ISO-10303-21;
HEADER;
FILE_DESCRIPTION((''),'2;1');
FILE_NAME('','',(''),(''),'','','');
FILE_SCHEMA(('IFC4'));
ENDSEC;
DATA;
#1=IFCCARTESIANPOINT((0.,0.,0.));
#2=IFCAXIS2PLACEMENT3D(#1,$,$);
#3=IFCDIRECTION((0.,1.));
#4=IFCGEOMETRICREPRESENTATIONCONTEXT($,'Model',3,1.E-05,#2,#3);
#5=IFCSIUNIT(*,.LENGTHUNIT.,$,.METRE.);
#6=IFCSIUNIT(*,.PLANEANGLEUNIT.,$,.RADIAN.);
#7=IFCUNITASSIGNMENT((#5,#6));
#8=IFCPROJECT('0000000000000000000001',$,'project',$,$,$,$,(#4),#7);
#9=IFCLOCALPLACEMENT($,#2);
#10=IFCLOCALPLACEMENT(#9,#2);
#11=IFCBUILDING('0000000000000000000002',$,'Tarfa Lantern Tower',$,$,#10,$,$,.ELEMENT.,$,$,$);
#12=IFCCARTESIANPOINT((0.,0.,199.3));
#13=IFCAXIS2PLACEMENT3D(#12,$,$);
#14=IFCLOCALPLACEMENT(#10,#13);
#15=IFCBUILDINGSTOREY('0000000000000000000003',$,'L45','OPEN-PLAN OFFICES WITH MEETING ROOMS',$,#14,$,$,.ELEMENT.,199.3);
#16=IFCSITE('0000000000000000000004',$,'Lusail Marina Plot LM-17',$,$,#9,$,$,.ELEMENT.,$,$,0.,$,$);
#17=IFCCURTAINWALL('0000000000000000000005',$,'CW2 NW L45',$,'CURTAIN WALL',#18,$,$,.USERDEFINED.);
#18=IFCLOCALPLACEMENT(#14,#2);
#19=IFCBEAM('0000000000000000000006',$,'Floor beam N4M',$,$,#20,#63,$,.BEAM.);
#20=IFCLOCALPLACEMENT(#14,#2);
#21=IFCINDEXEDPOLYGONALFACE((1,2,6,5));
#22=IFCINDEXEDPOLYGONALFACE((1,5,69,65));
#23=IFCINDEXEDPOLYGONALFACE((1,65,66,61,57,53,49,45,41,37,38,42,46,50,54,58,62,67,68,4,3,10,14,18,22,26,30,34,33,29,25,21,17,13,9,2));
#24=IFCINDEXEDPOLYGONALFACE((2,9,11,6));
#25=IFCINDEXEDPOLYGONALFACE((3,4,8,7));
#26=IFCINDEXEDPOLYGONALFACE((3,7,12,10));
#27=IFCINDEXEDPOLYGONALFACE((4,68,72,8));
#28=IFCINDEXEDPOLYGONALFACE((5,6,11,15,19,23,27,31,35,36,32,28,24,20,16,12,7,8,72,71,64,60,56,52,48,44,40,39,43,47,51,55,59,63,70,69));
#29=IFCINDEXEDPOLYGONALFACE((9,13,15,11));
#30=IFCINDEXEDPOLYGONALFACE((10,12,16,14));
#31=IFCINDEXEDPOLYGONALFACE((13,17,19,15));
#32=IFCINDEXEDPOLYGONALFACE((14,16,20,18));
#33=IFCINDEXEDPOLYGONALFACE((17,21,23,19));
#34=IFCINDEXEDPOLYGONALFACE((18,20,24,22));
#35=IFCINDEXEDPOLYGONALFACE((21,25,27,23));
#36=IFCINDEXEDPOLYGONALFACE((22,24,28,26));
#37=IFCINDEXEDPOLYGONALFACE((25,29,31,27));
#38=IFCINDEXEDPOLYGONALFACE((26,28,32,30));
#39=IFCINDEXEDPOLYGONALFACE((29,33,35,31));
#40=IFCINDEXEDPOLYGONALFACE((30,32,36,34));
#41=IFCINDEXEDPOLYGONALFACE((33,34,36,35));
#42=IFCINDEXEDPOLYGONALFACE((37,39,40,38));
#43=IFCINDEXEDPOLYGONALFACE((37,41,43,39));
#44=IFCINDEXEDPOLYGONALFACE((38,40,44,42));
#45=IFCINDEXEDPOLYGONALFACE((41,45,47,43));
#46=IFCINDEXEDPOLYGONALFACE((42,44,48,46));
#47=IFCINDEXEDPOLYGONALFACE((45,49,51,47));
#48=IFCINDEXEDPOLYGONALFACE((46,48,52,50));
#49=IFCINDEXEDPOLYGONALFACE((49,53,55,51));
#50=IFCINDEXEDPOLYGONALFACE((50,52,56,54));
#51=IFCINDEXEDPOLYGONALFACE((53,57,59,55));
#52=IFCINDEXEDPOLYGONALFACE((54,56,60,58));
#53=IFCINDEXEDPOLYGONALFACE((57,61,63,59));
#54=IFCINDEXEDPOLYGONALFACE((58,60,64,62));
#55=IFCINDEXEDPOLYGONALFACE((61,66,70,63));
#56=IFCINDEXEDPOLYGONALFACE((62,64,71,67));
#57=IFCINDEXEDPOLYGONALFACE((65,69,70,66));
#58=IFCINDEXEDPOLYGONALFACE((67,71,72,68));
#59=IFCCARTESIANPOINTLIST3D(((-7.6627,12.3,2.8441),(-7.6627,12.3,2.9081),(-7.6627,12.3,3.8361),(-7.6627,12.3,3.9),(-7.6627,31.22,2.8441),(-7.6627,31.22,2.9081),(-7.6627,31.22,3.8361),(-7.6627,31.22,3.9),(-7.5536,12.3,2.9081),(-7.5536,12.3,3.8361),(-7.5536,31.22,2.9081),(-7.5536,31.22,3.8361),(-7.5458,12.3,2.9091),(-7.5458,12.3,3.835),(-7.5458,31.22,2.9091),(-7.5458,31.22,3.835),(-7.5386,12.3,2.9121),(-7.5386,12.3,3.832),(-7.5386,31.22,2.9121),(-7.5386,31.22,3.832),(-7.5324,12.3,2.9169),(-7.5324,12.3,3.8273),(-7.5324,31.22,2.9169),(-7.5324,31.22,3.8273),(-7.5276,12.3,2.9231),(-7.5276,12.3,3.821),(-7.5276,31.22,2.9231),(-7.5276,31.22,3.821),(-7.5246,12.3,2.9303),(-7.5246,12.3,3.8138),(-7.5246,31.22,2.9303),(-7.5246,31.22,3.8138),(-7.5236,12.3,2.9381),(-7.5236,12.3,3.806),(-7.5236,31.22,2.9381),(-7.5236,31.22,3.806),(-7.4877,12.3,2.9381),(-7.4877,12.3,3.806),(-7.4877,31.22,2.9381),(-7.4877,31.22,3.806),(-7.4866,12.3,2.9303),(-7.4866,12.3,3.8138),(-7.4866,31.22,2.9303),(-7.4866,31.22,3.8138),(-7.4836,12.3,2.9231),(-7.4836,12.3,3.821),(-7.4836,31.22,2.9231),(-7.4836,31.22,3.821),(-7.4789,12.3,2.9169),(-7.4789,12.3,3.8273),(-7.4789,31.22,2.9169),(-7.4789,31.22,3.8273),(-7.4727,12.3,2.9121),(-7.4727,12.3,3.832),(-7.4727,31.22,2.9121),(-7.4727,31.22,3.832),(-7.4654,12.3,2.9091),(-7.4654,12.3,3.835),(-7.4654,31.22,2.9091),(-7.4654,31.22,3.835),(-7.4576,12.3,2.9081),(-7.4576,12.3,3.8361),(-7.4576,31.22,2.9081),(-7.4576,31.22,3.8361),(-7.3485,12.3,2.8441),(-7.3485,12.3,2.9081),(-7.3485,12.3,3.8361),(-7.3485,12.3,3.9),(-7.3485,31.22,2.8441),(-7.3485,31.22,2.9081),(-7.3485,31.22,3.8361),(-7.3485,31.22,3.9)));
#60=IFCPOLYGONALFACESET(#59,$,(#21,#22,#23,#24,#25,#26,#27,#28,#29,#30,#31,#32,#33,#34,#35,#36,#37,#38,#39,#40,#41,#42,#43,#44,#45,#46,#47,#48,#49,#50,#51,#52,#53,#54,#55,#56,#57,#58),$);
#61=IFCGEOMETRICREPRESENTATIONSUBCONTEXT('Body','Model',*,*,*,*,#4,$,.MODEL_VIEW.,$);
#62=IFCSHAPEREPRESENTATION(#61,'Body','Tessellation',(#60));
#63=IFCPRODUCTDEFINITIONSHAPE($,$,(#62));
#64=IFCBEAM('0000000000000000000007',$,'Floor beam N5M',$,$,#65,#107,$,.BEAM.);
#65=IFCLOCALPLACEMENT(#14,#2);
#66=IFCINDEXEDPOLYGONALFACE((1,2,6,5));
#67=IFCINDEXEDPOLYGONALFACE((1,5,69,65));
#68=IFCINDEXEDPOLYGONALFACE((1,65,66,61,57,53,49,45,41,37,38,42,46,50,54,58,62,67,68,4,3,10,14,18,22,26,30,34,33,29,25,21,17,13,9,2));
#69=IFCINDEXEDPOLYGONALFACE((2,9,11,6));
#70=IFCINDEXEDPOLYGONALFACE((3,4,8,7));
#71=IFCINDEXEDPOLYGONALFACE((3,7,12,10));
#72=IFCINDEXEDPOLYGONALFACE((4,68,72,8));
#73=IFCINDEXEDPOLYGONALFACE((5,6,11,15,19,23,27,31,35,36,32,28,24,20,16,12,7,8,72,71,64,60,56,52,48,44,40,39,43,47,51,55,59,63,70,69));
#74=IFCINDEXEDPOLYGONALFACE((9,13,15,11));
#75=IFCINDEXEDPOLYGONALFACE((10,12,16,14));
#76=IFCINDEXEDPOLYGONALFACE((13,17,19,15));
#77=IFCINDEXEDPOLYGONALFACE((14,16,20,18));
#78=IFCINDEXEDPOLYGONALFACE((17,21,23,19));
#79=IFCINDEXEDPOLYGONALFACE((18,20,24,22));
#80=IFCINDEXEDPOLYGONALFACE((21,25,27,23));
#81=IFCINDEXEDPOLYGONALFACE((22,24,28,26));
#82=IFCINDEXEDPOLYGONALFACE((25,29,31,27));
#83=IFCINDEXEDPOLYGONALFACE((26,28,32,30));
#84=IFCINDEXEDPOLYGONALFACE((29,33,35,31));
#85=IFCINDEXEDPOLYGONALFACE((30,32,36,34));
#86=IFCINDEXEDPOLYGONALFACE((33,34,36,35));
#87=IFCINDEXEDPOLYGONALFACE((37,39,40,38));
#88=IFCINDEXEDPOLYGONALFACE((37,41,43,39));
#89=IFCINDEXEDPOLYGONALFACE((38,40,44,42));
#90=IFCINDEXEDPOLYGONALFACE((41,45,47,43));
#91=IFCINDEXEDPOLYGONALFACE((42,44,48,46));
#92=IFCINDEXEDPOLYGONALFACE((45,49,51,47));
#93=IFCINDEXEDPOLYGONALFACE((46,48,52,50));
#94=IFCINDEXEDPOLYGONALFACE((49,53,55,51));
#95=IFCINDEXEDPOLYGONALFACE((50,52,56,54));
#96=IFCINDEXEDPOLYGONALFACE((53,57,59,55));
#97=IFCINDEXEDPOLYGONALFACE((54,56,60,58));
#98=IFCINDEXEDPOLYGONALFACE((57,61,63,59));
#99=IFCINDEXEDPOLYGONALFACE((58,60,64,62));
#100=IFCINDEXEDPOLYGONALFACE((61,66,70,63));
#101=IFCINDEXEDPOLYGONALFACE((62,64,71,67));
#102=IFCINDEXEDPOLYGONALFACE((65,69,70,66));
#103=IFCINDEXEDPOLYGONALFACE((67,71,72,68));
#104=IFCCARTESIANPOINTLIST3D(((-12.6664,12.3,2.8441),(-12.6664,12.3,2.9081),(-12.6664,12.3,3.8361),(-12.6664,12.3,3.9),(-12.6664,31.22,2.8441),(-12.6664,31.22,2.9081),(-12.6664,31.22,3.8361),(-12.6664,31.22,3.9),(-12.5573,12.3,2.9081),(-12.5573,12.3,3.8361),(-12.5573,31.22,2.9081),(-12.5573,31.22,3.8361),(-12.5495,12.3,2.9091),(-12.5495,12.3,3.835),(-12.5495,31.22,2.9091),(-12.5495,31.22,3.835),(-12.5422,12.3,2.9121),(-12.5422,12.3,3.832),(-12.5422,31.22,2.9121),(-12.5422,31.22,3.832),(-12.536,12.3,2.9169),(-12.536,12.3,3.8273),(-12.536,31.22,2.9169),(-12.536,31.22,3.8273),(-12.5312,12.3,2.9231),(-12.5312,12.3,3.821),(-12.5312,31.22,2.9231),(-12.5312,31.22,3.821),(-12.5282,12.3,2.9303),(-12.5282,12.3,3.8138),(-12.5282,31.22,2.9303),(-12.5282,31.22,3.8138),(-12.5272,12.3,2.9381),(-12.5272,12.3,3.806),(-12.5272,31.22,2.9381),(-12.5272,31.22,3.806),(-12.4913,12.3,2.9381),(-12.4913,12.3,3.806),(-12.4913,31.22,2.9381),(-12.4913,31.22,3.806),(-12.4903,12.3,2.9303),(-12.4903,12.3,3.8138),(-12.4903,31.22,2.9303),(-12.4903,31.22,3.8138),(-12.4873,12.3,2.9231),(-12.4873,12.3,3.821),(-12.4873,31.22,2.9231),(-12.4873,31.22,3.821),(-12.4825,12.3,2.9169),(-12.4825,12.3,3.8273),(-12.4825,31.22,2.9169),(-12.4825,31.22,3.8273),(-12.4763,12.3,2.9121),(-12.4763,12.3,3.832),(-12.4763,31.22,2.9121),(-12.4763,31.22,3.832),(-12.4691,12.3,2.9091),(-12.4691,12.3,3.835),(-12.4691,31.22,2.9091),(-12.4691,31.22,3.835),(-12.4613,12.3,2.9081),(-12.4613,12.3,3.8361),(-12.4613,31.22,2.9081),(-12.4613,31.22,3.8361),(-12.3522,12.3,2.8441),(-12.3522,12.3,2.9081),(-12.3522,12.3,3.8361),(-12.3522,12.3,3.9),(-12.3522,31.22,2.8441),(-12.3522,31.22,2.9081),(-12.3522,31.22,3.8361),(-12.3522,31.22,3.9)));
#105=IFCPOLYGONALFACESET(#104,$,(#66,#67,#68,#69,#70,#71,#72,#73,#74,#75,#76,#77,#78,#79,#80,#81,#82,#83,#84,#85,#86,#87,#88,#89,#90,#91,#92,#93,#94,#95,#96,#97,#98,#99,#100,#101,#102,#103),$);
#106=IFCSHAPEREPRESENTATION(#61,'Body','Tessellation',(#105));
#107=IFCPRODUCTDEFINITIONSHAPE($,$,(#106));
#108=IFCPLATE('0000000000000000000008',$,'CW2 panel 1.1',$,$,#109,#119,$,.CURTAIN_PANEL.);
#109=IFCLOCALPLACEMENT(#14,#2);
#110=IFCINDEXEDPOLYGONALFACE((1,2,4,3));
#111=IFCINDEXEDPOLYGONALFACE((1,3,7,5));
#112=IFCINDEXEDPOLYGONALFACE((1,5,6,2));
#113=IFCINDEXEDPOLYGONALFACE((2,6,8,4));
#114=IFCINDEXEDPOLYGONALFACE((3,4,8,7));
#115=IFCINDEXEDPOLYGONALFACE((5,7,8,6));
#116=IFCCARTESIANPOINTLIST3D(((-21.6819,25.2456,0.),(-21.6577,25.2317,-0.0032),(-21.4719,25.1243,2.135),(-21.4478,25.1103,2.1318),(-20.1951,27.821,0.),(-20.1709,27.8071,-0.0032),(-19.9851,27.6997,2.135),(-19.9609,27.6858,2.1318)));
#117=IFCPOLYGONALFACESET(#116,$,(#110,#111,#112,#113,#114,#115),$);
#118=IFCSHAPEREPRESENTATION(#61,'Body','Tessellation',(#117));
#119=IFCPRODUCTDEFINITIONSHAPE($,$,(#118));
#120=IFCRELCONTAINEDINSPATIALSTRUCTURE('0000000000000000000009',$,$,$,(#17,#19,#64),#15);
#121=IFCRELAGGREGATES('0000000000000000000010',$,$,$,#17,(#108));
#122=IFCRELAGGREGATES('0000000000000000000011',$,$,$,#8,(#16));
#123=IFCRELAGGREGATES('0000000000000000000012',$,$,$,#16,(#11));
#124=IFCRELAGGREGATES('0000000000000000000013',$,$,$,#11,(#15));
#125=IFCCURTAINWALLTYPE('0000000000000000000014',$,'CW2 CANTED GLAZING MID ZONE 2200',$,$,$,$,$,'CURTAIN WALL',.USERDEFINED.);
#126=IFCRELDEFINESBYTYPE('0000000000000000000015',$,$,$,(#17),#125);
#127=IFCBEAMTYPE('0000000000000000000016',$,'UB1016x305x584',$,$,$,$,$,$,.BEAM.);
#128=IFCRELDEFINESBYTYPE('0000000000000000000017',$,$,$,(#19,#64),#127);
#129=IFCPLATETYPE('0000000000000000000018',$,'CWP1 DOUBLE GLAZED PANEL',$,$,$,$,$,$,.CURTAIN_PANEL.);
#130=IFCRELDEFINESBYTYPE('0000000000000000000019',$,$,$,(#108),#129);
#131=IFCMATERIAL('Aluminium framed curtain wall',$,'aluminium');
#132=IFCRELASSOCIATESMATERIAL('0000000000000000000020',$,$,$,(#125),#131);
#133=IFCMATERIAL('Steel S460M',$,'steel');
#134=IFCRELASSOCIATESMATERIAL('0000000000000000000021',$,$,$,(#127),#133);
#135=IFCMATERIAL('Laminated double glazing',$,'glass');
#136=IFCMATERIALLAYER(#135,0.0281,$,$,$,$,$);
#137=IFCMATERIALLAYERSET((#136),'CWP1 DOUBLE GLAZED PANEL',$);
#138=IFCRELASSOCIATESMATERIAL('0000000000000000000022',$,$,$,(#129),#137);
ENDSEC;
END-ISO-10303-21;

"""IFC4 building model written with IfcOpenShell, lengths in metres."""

from ifc_helpers import new_model, si_unit, direction, frame, origin, origin_2d, place, context, subcontext, project, spatial, polyline, i_section, outline, extrude, material, layer, layer_set, material_profile, profile_set, type_object, element, aggregate, save


model = new_model("IFC4")

# Units and contexts
model_context = context("Model", 3, precision=1e-05, world=origin(), true_north=direction((0.0, 1.0)))
body_context = subcontext(model_context, "Body", "Model", "MODEL_VIEW")
ifc_project = project(units=[si_unit("LENGTHUNIT", "METRE"), si_unit("PLANEANGLEUNIT", "RADIAN")], contexts=[model_context])

# Site, building, storey
site_placement = place(None, origin())
site = spatial("IfcSite", under=ifc_project, at=site_placement, Name="Lusail Marina Plot LM-17", CompositionType="ELEMENT", RefElevation=0.0)
building_placement = place(site_placement, origin())
building = spatial("IfcBuilding", under=site, at=building_placement, Name="Tarfa Lantern Tower", CompositionType="ELEMENT")
storey_placement = place(building_placement, frame((0.0, 0.0, 199.3)))
storey = spatial("IfcBuildingStorey", under=building, at=storey_placement, Name="L45", Description="OPEN-PLAN OFFICES WITH MEETING ROOMS", CompositionType="ELEMENT", Elevation=199.3)

# Curtain wall
ifc_material_1 = material(Name="Aluminium framed curtain wall", Category="aluminium")
curtain_wall_type = type_object("IfcCurtainWallType", Name="CW2 CANTED GLAZING MID ZONE 2200", ElementType="CURTAIN WALL", PredefinedType="USERDEFINED", material=ifc_material_1)
curtain_wall_placement = place(storey_placement, origin())
curtain_wall = element("IfcCurtainWall", 1, at=curtain_wall_placement, inside=storey, type_object=curtain_wall_type, Name="CW2 NW L45", ObjectType="CURTAIN WALL", PredefinedType="USERDEFINED")

# Beams
ifc_material_2 = material(Name="Steel S460M", Category="steel")
ifc_material_profile_1 = material_profile(ifc_material_2, i_section(OverallWidth=0.3142, OverallDepth=1.0559, WebThickness=0.0359, FlangeThickness=0.064, FilletRadius=0.03, at=origin_2d()), Name="UB1016x305x584")
ifc_profile_set_1 = profile_set([ifc_material_profile_1], Name="Steel S460M")
beam_type_1 = type_object("IfcBeamType", Name="UB1016x305x584", PredefinedType="BEAM", material=ifc_profile_set_1)
for number, where, z_axis, x_axis, name in (
    (2, (-7.5056, 31.22, 3.3721), (0.0, -1.0, 0.0), (1.0, 0.0, 0.0), "Floor beam N4M"),
    (3, (-12.5093, 31.22, 3.3721), (0.0, -1.0, 0.0), (1.0, 0.0, 0.0), "Floor beam N5M"),
):
    element("IfcBeam", number, at=place(storey_placement, frame(where, z_axis=z_axis, x_axis=x_axis)), inside=storey, type_object=beam_type_1, Name=name, PredefinedType="BEAM", context=body_context, shape_type="SweptSolid", body=[
        extrude(i_section(OverallWidth=0.3142, OverallDepth=1.0559, WebThickness=0.0359, FlangeThickness=0.064, FilletRadius=0.03, at=origin_2d()), origin(), (0.0, 0.0, 1.0), 18.9199),
    ])

# Plate
ifc_material_3 = material(Name="Laminated double glazing", Category="glass")
ifc_layer = layer(ifc_material_3, 0.0281)
ifc_layer_set = layer_set([ifc_layer], Name="CWP1 DOUBLE GLAZED PANEL")
plate_type = type_object("IfcPlateType", Name="CWP1 DOUBLE GLAZED PANEL", PredefinedType="CURTAIN_PANEL", material=ifc_layer_set)
plate_placement = place(storey_placement, frame((-20.1951, 27.821, 0.0), z_axis=(-0.860509, 0.496777, 0.112857), x_axis=(-0.499971, -0.866042, 0.0)))
plate = element("IfcPlate", 4, at=plate_placement, type_object=plate_type, Name="CW2 panel 1.1", PredefinedType="CURTAIN_PANEL", context=body_context, shape_type="SweptSolid", body=[
    extrude(outline(polyline([(0.0, 0.0), (2.9738, 0.0), (2.9739, 2.1487), (0.0001, 2.1487), (0.0, 0.0)])), origin(), (0.0, 0.0, -1.0), 0.0281),
])
aggregate(curtain_wall, [plate])

save(model, "model.ifc")
